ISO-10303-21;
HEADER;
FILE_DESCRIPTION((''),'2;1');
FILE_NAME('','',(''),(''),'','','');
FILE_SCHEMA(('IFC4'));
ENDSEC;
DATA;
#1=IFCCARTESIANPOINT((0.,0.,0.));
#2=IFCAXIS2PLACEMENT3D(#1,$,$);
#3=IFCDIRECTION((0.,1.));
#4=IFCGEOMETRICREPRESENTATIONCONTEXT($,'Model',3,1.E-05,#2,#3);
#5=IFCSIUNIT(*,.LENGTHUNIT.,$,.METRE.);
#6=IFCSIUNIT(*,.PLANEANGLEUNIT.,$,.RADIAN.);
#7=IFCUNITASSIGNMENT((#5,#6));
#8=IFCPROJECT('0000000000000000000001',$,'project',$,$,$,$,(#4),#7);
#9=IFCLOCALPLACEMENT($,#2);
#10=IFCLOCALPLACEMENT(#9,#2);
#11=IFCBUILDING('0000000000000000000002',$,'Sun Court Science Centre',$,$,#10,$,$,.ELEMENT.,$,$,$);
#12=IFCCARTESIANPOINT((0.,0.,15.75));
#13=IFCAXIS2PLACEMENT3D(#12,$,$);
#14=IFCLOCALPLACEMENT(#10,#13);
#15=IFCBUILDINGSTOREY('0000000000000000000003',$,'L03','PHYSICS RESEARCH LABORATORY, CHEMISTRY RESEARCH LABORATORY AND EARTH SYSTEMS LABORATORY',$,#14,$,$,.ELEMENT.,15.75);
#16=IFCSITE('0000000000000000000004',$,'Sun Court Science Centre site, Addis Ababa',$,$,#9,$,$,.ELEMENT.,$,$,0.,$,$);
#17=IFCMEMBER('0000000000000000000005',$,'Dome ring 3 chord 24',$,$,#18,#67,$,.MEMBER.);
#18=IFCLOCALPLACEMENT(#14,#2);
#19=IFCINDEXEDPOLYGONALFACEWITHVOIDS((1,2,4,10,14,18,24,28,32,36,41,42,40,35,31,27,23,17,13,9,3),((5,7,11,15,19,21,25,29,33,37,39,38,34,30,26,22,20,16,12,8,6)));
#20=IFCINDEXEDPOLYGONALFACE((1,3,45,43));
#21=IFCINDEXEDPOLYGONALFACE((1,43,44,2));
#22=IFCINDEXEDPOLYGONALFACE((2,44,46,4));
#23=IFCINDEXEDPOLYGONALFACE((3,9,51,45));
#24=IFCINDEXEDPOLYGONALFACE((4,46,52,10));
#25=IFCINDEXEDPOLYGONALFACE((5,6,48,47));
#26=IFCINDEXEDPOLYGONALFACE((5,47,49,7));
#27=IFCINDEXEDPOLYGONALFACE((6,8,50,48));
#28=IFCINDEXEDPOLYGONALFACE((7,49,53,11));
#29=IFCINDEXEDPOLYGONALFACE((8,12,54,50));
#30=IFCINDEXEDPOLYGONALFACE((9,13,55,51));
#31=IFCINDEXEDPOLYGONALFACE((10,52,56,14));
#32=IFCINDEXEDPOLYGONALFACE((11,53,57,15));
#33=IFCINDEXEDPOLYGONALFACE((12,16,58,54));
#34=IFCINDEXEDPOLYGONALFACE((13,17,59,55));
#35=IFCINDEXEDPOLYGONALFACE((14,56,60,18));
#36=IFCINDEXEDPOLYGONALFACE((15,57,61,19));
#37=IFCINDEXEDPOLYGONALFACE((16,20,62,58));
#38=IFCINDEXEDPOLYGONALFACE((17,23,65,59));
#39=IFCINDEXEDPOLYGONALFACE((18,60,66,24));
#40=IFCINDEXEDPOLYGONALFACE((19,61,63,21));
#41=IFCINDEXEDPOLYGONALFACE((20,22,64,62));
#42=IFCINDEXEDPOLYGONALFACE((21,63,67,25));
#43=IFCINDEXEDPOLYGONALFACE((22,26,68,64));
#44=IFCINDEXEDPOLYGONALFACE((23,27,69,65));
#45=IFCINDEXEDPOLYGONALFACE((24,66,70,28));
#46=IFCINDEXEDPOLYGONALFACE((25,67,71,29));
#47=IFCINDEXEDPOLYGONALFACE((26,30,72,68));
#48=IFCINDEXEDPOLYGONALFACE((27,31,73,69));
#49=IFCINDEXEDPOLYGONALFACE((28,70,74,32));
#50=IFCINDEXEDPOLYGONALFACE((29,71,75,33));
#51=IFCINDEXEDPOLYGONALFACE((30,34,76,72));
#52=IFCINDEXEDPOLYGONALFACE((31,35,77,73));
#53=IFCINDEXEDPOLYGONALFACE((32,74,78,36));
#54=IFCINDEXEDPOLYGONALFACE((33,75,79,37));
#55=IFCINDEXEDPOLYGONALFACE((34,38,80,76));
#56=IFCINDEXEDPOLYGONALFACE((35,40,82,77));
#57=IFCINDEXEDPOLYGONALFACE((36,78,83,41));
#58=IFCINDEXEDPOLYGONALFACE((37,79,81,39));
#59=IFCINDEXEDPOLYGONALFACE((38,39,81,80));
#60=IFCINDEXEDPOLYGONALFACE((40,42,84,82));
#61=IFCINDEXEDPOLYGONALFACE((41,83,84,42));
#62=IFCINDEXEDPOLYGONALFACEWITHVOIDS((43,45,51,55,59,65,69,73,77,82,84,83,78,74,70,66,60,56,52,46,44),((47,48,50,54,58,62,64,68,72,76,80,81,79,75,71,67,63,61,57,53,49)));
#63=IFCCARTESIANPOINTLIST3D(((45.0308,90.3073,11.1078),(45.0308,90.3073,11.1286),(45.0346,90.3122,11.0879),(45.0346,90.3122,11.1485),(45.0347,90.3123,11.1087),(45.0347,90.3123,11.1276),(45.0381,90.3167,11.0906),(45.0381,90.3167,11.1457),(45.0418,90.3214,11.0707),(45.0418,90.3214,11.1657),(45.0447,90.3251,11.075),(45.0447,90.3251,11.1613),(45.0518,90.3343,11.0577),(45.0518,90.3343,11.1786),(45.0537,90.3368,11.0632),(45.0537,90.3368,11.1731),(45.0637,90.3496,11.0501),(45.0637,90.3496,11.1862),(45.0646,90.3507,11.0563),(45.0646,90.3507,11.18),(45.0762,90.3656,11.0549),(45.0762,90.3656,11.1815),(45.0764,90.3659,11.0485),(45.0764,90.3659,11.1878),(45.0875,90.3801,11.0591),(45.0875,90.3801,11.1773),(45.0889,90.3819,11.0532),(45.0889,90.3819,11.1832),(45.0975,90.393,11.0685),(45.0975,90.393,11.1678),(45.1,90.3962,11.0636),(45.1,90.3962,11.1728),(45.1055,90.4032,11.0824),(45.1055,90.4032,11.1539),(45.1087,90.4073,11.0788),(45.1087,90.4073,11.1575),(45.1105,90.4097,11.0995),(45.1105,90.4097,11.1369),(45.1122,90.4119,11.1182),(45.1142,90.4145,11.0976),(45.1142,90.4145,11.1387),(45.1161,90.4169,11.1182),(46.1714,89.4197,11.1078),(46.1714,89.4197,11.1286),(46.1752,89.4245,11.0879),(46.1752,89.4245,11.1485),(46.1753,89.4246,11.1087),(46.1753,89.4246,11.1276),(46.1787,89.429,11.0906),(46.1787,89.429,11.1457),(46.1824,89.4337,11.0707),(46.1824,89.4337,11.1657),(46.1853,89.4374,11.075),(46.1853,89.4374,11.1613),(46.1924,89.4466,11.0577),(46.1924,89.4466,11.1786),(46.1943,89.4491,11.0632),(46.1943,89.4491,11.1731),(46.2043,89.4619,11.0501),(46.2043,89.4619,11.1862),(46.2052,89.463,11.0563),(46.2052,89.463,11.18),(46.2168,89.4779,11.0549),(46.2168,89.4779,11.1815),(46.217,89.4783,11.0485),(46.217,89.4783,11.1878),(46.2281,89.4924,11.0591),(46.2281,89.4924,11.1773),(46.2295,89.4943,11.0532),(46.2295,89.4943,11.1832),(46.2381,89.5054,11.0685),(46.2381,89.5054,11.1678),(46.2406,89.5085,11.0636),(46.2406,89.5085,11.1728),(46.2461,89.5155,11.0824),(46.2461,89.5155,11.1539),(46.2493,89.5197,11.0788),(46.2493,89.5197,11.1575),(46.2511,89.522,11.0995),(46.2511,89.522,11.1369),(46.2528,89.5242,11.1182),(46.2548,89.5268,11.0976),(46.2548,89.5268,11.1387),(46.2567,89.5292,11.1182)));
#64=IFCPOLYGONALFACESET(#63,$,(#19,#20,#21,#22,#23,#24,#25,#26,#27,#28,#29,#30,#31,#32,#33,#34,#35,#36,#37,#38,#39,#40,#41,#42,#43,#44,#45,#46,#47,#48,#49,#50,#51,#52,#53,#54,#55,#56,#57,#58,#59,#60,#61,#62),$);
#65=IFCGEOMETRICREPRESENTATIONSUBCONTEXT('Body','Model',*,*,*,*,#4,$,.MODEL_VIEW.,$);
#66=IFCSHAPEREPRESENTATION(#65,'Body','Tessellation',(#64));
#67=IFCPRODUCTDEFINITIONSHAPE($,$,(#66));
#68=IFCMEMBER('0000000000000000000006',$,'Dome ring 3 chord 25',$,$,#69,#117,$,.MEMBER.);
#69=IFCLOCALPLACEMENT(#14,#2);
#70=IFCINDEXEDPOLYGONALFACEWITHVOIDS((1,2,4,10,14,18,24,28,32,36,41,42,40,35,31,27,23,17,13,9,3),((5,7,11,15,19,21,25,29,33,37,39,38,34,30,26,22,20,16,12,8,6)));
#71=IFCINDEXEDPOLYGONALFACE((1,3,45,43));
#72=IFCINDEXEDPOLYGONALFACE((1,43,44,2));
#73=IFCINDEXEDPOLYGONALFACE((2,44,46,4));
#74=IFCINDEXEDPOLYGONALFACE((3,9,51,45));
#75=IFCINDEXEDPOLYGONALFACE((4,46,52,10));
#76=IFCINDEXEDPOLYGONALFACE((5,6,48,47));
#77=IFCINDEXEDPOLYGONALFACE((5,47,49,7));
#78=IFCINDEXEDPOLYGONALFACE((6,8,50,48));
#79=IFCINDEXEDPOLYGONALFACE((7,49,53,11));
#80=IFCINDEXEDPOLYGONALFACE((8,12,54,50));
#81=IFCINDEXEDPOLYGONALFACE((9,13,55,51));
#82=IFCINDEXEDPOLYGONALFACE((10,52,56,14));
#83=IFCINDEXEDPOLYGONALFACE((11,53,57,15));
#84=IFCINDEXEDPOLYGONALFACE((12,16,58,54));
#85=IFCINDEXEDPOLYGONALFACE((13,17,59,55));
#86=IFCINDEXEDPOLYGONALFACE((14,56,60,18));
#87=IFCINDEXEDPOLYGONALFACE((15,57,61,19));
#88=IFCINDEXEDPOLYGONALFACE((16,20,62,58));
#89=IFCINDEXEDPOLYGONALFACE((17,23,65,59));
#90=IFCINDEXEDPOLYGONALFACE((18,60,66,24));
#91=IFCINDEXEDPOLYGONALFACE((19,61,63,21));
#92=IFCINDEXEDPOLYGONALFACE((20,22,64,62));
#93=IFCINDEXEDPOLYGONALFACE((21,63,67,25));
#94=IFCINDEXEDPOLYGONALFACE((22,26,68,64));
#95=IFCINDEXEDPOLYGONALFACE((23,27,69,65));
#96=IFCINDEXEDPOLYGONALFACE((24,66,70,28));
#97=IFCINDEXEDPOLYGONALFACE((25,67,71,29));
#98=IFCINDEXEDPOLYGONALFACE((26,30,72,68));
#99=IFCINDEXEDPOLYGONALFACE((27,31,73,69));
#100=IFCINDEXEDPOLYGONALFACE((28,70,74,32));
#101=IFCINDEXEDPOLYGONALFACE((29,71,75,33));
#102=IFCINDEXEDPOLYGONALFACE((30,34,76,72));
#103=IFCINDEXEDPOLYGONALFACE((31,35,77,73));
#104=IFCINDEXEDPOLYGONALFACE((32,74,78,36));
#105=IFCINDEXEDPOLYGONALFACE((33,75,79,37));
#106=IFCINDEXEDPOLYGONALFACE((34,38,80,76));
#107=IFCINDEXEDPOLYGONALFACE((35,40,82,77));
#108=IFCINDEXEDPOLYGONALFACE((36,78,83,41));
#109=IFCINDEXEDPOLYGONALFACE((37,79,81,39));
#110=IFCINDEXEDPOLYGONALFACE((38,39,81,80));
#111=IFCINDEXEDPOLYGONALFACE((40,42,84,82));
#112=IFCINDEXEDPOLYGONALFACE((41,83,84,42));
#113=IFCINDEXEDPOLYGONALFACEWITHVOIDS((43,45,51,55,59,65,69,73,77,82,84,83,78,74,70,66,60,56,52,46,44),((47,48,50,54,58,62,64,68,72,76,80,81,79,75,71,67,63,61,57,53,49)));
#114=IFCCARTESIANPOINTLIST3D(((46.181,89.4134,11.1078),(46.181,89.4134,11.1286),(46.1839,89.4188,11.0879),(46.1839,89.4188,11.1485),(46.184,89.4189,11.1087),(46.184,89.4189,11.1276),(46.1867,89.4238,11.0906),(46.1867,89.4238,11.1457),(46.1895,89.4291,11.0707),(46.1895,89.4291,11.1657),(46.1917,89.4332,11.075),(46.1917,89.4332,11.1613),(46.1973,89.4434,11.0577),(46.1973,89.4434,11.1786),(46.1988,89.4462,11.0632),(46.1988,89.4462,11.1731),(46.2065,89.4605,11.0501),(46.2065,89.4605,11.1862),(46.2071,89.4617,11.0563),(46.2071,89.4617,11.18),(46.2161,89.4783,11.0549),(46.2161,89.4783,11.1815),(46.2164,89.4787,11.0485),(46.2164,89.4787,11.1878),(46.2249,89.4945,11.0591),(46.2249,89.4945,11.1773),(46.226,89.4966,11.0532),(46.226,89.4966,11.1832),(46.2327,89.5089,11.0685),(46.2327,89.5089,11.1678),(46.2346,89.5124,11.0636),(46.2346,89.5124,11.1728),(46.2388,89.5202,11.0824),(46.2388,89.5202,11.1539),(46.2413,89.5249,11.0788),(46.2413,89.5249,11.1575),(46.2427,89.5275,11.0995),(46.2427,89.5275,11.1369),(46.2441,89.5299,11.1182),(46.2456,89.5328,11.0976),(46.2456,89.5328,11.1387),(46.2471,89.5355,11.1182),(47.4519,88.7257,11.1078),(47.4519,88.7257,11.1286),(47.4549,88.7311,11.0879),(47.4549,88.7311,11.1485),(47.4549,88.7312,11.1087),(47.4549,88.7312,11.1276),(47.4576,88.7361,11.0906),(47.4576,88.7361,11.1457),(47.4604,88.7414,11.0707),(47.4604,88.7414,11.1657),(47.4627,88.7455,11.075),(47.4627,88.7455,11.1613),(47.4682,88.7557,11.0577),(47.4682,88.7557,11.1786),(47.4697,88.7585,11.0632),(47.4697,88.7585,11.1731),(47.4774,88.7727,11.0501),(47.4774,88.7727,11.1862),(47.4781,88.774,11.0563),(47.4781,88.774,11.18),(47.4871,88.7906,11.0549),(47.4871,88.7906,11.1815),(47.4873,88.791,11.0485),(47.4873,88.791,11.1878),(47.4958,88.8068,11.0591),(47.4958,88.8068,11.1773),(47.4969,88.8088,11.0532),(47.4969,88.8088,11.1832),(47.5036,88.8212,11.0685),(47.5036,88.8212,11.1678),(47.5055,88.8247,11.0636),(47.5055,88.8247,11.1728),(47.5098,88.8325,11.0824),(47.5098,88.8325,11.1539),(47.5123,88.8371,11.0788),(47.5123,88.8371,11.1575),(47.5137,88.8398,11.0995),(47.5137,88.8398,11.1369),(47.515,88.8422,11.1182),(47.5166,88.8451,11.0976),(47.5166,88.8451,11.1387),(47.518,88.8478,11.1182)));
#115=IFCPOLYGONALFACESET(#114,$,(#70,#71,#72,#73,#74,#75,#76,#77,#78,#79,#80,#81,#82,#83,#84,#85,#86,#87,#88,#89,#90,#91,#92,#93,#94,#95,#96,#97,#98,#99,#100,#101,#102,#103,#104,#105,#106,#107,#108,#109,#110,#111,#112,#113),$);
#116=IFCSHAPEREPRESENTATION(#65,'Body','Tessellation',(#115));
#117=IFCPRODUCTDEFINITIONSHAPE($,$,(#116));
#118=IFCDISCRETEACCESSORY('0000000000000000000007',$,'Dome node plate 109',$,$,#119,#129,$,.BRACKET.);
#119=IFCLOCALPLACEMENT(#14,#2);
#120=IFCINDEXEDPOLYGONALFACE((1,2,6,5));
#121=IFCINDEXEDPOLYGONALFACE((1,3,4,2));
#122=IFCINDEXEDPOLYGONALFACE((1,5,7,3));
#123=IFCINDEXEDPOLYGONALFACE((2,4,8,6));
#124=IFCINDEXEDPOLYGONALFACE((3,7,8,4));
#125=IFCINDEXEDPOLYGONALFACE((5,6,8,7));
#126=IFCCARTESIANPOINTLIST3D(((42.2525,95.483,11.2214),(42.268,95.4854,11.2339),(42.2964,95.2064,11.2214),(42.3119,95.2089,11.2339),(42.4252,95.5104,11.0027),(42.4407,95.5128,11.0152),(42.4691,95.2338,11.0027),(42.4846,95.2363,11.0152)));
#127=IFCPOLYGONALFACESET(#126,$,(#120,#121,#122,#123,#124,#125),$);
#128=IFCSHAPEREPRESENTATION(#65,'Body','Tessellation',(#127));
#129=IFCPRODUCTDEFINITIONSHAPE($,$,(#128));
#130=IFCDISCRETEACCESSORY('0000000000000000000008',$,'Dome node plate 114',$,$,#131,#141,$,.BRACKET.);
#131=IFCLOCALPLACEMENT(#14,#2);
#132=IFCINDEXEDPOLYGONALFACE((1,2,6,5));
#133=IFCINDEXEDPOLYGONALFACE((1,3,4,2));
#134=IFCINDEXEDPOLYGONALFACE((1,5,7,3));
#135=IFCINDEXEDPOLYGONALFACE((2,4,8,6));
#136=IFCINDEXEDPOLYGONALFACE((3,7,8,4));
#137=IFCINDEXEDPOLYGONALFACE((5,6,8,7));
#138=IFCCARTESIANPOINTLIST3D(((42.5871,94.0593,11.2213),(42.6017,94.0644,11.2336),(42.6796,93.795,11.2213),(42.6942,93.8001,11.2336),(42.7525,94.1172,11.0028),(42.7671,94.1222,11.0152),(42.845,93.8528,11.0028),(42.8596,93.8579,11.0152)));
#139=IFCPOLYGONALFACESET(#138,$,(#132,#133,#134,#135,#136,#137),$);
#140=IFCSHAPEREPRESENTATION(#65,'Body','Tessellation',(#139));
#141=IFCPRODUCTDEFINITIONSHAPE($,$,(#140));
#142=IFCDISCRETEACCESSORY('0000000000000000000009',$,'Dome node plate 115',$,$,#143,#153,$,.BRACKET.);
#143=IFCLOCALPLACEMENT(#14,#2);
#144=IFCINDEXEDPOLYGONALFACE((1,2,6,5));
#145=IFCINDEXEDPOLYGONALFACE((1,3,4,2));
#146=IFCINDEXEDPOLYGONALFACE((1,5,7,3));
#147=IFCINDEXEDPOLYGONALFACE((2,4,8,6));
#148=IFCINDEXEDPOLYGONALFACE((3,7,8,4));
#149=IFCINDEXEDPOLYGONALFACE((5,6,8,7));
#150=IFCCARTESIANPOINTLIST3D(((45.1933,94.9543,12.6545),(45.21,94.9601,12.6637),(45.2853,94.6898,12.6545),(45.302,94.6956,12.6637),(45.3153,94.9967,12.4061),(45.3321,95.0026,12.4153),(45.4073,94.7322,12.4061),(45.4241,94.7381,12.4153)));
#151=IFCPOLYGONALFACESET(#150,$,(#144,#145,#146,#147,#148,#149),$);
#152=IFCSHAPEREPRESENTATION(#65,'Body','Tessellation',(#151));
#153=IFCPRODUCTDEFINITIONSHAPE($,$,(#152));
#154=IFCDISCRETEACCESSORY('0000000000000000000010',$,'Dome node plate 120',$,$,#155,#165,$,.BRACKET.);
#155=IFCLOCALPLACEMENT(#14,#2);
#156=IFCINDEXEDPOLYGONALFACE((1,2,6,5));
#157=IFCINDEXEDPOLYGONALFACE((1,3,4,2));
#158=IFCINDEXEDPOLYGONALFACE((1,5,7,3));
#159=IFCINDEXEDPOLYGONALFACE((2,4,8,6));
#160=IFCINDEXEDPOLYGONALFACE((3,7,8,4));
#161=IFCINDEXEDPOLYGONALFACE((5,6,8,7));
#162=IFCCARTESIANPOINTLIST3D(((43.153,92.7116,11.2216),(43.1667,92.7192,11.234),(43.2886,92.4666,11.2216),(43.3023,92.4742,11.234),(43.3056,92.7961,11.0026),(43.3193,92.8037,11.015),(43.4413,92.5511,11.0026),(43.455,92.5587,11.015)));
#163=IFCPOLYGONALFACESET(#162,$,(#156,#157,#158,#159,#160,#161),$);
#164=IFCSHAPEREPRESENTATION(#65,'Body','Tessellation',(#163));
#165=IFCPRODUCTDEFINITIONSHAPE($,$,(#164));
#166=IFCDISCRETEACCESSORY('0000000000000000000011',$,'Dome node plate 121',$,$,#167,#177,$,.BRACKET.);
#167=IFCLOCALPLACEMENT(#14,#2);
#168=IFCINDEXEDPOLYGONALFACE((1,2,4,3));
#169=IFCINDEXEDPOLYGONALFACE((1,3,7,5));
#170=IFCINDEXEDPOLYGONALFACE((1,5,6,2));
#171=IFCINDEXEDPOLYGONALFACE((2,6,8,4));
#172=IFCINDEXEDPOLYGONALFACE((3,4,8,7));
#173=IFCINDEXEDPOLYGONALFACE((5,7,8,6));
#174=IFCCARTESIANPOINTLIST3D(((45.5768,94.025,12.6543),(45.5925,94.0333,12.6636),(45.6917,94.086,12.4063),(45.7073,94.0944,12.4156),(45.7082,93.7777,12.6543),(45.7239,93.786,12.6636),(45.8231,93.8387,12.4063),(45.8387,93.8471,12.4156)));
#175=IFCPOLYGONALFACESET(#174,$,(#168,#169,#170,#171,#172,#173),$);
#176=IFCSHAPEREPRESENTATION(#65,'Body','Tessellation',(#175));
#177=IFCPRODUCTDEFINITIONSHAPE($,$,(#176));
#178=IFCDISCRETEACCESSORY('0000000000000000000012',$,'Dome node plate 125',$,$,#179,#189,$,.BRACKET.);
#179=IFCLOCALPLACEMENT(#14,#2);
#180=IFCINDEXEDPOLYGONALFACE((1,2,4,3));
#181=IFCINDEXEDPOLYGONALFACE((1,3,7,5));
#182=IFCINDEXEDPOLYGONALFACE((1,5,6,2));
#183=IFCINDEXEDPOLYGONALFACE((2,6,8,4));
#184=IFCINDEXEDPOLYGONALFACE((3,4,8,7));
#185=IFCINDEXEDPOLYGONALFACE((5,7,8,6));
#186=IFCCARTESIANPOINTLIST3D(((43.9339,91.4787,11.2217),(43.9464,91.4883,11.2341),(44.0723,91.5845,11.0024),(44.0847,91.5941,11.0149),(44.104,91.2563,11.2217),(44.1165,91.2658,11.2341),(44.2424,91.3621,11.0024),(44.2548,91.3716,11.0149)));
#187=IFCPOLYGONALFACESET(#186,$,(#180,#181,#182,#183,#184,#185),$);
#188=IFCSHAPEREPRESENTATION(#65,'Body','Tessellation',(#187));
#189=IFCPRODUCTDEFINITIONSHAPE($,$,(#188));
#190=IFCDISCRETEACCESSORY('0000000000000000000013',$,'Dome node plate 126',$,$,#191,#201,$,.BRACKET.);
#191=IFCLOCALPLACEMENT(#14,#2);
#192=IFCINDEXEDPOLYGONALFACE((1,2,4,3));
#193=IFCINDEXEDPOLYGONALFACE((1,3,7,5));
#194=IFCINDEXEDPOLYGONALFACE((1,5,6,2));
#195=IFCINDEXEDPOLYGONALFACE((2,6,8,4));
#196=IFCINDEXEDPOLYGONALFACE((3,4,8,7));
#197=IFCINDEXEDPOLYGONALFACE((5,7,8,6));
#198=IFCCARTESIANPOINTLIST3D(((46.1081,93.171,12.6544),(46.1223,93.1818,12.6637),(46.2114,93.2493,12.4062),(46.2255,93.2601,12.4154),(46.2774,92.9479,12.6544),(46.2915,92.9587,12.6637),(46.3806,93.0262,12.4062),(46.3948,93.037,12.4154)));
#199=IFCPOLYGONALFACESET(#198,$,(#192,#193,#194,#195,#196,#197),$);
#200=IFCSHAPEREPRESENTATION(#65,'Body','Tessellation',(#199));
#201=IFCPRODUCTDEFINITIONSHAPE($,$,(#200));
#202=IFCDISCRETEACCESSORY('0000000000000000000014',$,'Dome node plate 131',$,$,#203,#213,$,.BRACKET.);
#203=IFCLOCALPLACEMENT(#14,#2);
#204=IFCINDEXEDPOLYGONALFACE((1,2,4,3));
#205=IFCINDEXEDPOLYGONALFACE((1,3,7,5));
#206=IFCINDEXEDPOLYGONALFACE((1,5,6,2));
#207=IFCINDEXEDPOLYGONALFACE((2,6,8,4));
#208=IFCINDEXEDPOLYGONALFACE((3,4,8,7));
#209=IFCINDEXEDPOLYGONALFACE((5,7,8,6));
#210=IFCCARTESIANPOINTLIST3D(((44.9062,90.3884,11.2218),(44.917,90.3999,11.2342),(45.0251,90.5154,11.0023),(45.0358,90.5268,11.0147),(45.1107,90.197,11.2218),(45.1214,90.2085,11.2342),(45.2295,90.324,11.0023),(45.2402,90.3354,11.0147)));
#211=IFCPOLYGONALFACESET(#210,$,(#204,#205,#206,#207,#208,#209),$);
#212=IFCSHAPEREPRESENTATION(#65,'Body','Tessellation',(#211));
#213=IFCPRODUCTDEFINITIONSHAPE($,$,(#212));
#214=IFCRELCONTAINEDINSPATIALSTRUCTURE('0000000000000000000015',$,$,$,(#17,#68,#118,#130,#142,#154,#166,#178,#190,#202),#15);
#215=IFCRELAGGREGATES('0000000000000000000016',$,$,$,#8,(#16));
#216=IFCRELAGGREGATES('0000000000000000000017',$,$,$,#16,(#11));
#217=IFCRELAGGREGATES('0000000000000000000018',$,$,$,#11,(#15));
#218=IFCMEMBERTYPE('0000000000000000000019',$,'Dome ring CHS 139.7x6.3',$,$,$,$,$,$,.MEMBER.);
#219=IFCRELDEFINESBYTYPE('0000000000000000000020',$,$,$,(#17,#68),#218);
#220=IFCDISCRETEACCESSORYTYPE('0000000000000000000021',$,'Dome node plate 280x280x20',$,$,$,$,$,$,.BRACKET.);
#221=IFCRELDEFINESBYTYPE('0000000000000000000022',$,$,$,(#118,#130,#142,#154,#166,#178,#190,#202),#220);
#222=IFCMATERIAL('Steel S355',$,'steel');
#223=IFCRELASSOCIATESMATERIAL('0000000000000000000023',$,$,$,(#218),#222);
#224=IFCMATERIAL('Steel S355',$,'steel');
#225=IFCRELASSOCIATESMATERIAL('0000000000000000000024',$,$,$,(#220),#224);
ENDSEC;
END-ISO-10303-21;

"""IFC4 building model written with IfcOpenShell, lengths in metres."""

from ifc_helpers import new_model, si_unit, direction, frame, origin, origin_2d, place, context, subcontext, project, spatial, rectangle, hollow_circle, extrude, material, material_profile, profile_set, type_object, element, save


model = new_model("IFC4")

# Units and contexts
model_context = context("Model", 3, precision=1e-05, world=origin(), true_north=direction((0.0, 1.0)))
body_context = subcontext(model_context, "Body", "Model", "MODEL_VIEW")
ifc_project = project(units=[si_unit("LENGTHUNIT", "METRE"), si_unit("PLANEANGLEUNIT", "RADIAN")], contexts=[model_context])

# Site, building, storey
site_placement = place(None, origin())
site = spatial("IfcSite", under=ifc_project, at=site_placement, Name="Sun Court Science Centre site, Addis Ababa", CompositionType="ELEMENT", RefElevation=0.0)
building_placement = place(site_placement, origin())
building = spatial("IfcBuilding", under=site, at=building_placement, Name="Sun Court Science Centre", CompositionType="ELEMENT")
storey_placement = place(building_placement, frame((0.0, 0.0, 15.75)))
storey = spatial("IfcBuildingStorey", under=building, at=storey_placement, Name="L03", Description="PHYSICS RESEARCH LABORATORY, CHEMISTRY RESEARCH LABORATORY AND EARTH SYSTEMS LABORATORY", CompositionType="ELEMENT", Elevation=15.75)

# Members
ifc_material_1 = material(Name="Steel S355", Category="steel")
ifc_material_profile_1 = material_profile(ifc_material_1, hollow_circle(Radius=0.0698, WallThickness=0.0063, at=origin_2d()), Name="CHS 139.7x6.3")
ifc_profile_set_1 = profile_set([ifc_material_profile_1], Name="Steel S355")
member_type_1 = type_object("IfcMemberType", Name="Dome ring CHS 139.7x6.3", PredefinedType="MEMBER", material=ifc_profile_set_1)
member_1_placement = place(storey_placement, frame((45.0732, 90.3618, 11.1182), z_axis=(0.78917, -0.614174, 0.0), x_axis=(0.614174, 0.78917, 0.0)))
element("IfcMember", 1, at=member_1_placement, inside=storey, type_object=member_type_1, Name="Dome ring 3 chord 24", PredefinedType="MEMBER", context=body_context, shape_type="SweptSolid", body=[
    extrude(hollow_circle(Radius=0.0698, WallThickness=0.0063, at=origin_2d()), origin(), (0.0, 0.0, 1.0), 1.4453),
])
member_2_placement = place(storey_placement, frame((46.2139, 89.4741, 11.1182), z_axis=(0.879498, -0.475902, 0.0), x_axis=(0.475902, 0.879498, 0.0)))
element("IfcMember", 2, at=member_2_placement, inside=storey, type_object=member_type_1, Name="Dome ring 3 chord 25", PredefinedType="MEMBER", context=body_context, shape_type="SweptSolid", body=[
    extrude(hollow_circle(Radius=0.0698, WallThickness=0.0063, at=origin_2d()), origin(), (0.0, 0.0, 1.0), 1.4451),
])

# Discrete accessories
ifc_material_2 = material(Name="Steel S355", Category="steel")
ifc_material_profile_2 = material_profile(ifc_material_2, rectangle(XDim=0.28, YDim=0.28, at=origin_2d()), Name="PL 280x280")
ifc_profile_set_2 = profile_set([ifc_material_profile_2], Name="Steel S355")
discrete_accessory_type = type_object("IfcDiscreteAccessoryType", Name="Dome node plate 280x280x20", PredefinedType="BRACKET", material=ifc_profile_set_2)
discrete_accessory_1_placement = place(storey_placement, frame((42.3608, 95.3584, 11.1121), z_axis=(0.771396, 0.122444, 0.624464), x_axis=(-0.156768, 0.987636, 0.0)))
element("IfcDiscreteAccessory", 3, at=discrete_accessory_1_placement, inside=storey, type_object=discrete_accessory_type, Name="Dome node plate 109", PredefinedType="BRACKET", context=body_context, shape_type="SweptSolid", body=[
    extrude(rectangle(XDim=0.28, YDim=0.28, at=origin_2d()), origin(), (0.0, 0.0, 1.0), 0.02),
])
discrete_accessory_2_placement = place(storey_placement, frame((42.7161, 93.9561, 11.1121), z_axis=(0.73621, 0.257674, 0.625779), x_axis=(-0.33035, 0.943858, 0.0)))
element("IfcDiscreteAccessory", 4, at=discrete_accessory_2_placement, inside=storey, type_object=discrete_accessory_type, Name="Dome node plate 114", PredefinedType="BRACKET", context=body_context, shape_type="SweptSolid", body=[
    extrude(rectangle(XDim=0.28, YDim=0.28, at=origin_2d()), origin(), (0.0, 0.0, 1.0), 0.0198),
])
for number, where, z_axis, x_axis, name in (
    (5, (45.3003, 94.8433, 12.5303), (0.837919, 0.29145, 0.461463), (-0.328521, 0.944497, 0.0), "Dome node plate 115"),
    (6, (43.2971, 92.6313, 11.1121), (0.684251, 0.378782, 0.623157), (-0.484316, 0.874893, 0.0), "Dome node plate 120"),
    (7, (45.7, 93.9319, 12.5303), (0.782118, 0.4155, 0.464383), (-0.469155, 0.883116, 0.0), "Dome node plate 121"),
    (8, (44.0881, 91.4204, 11.1121), (0.621997, 0.475645, 0.621997), (-0.60745, 0.794358, 0.0), "Dome node plate 125"),
    (9, (46.2444, 93.0986, 12.5303), (0.706267, 0.535789, 0.462727), (-0.604386, 0.796691, 0.0), "Dome node plate 126"),
    (10, (45.0679, 90.3562, 11.1121), (0.53571, 0.572235, 0.620936), (-0.730021, 0.683424, 0.0), "Dome node plate 131"),
):
    element("IfcDiscreteAccessory", number, at=place(storey_placement, frame(where, z_axis=z_axis, x_axis=x_axis)), inside=storey, type_object=discrete_accessory_type, Name=name, PredefinedType="BRACKET", context=body_context, shape_type="SweptSolid", body=[
        extrude(rectangle(XDim=0.28, YDim=0.28, at=origin_2d()), origin(), (0.0, 0.0, 1.0), 0.02),
    ])

save(model, "model.ifc")
